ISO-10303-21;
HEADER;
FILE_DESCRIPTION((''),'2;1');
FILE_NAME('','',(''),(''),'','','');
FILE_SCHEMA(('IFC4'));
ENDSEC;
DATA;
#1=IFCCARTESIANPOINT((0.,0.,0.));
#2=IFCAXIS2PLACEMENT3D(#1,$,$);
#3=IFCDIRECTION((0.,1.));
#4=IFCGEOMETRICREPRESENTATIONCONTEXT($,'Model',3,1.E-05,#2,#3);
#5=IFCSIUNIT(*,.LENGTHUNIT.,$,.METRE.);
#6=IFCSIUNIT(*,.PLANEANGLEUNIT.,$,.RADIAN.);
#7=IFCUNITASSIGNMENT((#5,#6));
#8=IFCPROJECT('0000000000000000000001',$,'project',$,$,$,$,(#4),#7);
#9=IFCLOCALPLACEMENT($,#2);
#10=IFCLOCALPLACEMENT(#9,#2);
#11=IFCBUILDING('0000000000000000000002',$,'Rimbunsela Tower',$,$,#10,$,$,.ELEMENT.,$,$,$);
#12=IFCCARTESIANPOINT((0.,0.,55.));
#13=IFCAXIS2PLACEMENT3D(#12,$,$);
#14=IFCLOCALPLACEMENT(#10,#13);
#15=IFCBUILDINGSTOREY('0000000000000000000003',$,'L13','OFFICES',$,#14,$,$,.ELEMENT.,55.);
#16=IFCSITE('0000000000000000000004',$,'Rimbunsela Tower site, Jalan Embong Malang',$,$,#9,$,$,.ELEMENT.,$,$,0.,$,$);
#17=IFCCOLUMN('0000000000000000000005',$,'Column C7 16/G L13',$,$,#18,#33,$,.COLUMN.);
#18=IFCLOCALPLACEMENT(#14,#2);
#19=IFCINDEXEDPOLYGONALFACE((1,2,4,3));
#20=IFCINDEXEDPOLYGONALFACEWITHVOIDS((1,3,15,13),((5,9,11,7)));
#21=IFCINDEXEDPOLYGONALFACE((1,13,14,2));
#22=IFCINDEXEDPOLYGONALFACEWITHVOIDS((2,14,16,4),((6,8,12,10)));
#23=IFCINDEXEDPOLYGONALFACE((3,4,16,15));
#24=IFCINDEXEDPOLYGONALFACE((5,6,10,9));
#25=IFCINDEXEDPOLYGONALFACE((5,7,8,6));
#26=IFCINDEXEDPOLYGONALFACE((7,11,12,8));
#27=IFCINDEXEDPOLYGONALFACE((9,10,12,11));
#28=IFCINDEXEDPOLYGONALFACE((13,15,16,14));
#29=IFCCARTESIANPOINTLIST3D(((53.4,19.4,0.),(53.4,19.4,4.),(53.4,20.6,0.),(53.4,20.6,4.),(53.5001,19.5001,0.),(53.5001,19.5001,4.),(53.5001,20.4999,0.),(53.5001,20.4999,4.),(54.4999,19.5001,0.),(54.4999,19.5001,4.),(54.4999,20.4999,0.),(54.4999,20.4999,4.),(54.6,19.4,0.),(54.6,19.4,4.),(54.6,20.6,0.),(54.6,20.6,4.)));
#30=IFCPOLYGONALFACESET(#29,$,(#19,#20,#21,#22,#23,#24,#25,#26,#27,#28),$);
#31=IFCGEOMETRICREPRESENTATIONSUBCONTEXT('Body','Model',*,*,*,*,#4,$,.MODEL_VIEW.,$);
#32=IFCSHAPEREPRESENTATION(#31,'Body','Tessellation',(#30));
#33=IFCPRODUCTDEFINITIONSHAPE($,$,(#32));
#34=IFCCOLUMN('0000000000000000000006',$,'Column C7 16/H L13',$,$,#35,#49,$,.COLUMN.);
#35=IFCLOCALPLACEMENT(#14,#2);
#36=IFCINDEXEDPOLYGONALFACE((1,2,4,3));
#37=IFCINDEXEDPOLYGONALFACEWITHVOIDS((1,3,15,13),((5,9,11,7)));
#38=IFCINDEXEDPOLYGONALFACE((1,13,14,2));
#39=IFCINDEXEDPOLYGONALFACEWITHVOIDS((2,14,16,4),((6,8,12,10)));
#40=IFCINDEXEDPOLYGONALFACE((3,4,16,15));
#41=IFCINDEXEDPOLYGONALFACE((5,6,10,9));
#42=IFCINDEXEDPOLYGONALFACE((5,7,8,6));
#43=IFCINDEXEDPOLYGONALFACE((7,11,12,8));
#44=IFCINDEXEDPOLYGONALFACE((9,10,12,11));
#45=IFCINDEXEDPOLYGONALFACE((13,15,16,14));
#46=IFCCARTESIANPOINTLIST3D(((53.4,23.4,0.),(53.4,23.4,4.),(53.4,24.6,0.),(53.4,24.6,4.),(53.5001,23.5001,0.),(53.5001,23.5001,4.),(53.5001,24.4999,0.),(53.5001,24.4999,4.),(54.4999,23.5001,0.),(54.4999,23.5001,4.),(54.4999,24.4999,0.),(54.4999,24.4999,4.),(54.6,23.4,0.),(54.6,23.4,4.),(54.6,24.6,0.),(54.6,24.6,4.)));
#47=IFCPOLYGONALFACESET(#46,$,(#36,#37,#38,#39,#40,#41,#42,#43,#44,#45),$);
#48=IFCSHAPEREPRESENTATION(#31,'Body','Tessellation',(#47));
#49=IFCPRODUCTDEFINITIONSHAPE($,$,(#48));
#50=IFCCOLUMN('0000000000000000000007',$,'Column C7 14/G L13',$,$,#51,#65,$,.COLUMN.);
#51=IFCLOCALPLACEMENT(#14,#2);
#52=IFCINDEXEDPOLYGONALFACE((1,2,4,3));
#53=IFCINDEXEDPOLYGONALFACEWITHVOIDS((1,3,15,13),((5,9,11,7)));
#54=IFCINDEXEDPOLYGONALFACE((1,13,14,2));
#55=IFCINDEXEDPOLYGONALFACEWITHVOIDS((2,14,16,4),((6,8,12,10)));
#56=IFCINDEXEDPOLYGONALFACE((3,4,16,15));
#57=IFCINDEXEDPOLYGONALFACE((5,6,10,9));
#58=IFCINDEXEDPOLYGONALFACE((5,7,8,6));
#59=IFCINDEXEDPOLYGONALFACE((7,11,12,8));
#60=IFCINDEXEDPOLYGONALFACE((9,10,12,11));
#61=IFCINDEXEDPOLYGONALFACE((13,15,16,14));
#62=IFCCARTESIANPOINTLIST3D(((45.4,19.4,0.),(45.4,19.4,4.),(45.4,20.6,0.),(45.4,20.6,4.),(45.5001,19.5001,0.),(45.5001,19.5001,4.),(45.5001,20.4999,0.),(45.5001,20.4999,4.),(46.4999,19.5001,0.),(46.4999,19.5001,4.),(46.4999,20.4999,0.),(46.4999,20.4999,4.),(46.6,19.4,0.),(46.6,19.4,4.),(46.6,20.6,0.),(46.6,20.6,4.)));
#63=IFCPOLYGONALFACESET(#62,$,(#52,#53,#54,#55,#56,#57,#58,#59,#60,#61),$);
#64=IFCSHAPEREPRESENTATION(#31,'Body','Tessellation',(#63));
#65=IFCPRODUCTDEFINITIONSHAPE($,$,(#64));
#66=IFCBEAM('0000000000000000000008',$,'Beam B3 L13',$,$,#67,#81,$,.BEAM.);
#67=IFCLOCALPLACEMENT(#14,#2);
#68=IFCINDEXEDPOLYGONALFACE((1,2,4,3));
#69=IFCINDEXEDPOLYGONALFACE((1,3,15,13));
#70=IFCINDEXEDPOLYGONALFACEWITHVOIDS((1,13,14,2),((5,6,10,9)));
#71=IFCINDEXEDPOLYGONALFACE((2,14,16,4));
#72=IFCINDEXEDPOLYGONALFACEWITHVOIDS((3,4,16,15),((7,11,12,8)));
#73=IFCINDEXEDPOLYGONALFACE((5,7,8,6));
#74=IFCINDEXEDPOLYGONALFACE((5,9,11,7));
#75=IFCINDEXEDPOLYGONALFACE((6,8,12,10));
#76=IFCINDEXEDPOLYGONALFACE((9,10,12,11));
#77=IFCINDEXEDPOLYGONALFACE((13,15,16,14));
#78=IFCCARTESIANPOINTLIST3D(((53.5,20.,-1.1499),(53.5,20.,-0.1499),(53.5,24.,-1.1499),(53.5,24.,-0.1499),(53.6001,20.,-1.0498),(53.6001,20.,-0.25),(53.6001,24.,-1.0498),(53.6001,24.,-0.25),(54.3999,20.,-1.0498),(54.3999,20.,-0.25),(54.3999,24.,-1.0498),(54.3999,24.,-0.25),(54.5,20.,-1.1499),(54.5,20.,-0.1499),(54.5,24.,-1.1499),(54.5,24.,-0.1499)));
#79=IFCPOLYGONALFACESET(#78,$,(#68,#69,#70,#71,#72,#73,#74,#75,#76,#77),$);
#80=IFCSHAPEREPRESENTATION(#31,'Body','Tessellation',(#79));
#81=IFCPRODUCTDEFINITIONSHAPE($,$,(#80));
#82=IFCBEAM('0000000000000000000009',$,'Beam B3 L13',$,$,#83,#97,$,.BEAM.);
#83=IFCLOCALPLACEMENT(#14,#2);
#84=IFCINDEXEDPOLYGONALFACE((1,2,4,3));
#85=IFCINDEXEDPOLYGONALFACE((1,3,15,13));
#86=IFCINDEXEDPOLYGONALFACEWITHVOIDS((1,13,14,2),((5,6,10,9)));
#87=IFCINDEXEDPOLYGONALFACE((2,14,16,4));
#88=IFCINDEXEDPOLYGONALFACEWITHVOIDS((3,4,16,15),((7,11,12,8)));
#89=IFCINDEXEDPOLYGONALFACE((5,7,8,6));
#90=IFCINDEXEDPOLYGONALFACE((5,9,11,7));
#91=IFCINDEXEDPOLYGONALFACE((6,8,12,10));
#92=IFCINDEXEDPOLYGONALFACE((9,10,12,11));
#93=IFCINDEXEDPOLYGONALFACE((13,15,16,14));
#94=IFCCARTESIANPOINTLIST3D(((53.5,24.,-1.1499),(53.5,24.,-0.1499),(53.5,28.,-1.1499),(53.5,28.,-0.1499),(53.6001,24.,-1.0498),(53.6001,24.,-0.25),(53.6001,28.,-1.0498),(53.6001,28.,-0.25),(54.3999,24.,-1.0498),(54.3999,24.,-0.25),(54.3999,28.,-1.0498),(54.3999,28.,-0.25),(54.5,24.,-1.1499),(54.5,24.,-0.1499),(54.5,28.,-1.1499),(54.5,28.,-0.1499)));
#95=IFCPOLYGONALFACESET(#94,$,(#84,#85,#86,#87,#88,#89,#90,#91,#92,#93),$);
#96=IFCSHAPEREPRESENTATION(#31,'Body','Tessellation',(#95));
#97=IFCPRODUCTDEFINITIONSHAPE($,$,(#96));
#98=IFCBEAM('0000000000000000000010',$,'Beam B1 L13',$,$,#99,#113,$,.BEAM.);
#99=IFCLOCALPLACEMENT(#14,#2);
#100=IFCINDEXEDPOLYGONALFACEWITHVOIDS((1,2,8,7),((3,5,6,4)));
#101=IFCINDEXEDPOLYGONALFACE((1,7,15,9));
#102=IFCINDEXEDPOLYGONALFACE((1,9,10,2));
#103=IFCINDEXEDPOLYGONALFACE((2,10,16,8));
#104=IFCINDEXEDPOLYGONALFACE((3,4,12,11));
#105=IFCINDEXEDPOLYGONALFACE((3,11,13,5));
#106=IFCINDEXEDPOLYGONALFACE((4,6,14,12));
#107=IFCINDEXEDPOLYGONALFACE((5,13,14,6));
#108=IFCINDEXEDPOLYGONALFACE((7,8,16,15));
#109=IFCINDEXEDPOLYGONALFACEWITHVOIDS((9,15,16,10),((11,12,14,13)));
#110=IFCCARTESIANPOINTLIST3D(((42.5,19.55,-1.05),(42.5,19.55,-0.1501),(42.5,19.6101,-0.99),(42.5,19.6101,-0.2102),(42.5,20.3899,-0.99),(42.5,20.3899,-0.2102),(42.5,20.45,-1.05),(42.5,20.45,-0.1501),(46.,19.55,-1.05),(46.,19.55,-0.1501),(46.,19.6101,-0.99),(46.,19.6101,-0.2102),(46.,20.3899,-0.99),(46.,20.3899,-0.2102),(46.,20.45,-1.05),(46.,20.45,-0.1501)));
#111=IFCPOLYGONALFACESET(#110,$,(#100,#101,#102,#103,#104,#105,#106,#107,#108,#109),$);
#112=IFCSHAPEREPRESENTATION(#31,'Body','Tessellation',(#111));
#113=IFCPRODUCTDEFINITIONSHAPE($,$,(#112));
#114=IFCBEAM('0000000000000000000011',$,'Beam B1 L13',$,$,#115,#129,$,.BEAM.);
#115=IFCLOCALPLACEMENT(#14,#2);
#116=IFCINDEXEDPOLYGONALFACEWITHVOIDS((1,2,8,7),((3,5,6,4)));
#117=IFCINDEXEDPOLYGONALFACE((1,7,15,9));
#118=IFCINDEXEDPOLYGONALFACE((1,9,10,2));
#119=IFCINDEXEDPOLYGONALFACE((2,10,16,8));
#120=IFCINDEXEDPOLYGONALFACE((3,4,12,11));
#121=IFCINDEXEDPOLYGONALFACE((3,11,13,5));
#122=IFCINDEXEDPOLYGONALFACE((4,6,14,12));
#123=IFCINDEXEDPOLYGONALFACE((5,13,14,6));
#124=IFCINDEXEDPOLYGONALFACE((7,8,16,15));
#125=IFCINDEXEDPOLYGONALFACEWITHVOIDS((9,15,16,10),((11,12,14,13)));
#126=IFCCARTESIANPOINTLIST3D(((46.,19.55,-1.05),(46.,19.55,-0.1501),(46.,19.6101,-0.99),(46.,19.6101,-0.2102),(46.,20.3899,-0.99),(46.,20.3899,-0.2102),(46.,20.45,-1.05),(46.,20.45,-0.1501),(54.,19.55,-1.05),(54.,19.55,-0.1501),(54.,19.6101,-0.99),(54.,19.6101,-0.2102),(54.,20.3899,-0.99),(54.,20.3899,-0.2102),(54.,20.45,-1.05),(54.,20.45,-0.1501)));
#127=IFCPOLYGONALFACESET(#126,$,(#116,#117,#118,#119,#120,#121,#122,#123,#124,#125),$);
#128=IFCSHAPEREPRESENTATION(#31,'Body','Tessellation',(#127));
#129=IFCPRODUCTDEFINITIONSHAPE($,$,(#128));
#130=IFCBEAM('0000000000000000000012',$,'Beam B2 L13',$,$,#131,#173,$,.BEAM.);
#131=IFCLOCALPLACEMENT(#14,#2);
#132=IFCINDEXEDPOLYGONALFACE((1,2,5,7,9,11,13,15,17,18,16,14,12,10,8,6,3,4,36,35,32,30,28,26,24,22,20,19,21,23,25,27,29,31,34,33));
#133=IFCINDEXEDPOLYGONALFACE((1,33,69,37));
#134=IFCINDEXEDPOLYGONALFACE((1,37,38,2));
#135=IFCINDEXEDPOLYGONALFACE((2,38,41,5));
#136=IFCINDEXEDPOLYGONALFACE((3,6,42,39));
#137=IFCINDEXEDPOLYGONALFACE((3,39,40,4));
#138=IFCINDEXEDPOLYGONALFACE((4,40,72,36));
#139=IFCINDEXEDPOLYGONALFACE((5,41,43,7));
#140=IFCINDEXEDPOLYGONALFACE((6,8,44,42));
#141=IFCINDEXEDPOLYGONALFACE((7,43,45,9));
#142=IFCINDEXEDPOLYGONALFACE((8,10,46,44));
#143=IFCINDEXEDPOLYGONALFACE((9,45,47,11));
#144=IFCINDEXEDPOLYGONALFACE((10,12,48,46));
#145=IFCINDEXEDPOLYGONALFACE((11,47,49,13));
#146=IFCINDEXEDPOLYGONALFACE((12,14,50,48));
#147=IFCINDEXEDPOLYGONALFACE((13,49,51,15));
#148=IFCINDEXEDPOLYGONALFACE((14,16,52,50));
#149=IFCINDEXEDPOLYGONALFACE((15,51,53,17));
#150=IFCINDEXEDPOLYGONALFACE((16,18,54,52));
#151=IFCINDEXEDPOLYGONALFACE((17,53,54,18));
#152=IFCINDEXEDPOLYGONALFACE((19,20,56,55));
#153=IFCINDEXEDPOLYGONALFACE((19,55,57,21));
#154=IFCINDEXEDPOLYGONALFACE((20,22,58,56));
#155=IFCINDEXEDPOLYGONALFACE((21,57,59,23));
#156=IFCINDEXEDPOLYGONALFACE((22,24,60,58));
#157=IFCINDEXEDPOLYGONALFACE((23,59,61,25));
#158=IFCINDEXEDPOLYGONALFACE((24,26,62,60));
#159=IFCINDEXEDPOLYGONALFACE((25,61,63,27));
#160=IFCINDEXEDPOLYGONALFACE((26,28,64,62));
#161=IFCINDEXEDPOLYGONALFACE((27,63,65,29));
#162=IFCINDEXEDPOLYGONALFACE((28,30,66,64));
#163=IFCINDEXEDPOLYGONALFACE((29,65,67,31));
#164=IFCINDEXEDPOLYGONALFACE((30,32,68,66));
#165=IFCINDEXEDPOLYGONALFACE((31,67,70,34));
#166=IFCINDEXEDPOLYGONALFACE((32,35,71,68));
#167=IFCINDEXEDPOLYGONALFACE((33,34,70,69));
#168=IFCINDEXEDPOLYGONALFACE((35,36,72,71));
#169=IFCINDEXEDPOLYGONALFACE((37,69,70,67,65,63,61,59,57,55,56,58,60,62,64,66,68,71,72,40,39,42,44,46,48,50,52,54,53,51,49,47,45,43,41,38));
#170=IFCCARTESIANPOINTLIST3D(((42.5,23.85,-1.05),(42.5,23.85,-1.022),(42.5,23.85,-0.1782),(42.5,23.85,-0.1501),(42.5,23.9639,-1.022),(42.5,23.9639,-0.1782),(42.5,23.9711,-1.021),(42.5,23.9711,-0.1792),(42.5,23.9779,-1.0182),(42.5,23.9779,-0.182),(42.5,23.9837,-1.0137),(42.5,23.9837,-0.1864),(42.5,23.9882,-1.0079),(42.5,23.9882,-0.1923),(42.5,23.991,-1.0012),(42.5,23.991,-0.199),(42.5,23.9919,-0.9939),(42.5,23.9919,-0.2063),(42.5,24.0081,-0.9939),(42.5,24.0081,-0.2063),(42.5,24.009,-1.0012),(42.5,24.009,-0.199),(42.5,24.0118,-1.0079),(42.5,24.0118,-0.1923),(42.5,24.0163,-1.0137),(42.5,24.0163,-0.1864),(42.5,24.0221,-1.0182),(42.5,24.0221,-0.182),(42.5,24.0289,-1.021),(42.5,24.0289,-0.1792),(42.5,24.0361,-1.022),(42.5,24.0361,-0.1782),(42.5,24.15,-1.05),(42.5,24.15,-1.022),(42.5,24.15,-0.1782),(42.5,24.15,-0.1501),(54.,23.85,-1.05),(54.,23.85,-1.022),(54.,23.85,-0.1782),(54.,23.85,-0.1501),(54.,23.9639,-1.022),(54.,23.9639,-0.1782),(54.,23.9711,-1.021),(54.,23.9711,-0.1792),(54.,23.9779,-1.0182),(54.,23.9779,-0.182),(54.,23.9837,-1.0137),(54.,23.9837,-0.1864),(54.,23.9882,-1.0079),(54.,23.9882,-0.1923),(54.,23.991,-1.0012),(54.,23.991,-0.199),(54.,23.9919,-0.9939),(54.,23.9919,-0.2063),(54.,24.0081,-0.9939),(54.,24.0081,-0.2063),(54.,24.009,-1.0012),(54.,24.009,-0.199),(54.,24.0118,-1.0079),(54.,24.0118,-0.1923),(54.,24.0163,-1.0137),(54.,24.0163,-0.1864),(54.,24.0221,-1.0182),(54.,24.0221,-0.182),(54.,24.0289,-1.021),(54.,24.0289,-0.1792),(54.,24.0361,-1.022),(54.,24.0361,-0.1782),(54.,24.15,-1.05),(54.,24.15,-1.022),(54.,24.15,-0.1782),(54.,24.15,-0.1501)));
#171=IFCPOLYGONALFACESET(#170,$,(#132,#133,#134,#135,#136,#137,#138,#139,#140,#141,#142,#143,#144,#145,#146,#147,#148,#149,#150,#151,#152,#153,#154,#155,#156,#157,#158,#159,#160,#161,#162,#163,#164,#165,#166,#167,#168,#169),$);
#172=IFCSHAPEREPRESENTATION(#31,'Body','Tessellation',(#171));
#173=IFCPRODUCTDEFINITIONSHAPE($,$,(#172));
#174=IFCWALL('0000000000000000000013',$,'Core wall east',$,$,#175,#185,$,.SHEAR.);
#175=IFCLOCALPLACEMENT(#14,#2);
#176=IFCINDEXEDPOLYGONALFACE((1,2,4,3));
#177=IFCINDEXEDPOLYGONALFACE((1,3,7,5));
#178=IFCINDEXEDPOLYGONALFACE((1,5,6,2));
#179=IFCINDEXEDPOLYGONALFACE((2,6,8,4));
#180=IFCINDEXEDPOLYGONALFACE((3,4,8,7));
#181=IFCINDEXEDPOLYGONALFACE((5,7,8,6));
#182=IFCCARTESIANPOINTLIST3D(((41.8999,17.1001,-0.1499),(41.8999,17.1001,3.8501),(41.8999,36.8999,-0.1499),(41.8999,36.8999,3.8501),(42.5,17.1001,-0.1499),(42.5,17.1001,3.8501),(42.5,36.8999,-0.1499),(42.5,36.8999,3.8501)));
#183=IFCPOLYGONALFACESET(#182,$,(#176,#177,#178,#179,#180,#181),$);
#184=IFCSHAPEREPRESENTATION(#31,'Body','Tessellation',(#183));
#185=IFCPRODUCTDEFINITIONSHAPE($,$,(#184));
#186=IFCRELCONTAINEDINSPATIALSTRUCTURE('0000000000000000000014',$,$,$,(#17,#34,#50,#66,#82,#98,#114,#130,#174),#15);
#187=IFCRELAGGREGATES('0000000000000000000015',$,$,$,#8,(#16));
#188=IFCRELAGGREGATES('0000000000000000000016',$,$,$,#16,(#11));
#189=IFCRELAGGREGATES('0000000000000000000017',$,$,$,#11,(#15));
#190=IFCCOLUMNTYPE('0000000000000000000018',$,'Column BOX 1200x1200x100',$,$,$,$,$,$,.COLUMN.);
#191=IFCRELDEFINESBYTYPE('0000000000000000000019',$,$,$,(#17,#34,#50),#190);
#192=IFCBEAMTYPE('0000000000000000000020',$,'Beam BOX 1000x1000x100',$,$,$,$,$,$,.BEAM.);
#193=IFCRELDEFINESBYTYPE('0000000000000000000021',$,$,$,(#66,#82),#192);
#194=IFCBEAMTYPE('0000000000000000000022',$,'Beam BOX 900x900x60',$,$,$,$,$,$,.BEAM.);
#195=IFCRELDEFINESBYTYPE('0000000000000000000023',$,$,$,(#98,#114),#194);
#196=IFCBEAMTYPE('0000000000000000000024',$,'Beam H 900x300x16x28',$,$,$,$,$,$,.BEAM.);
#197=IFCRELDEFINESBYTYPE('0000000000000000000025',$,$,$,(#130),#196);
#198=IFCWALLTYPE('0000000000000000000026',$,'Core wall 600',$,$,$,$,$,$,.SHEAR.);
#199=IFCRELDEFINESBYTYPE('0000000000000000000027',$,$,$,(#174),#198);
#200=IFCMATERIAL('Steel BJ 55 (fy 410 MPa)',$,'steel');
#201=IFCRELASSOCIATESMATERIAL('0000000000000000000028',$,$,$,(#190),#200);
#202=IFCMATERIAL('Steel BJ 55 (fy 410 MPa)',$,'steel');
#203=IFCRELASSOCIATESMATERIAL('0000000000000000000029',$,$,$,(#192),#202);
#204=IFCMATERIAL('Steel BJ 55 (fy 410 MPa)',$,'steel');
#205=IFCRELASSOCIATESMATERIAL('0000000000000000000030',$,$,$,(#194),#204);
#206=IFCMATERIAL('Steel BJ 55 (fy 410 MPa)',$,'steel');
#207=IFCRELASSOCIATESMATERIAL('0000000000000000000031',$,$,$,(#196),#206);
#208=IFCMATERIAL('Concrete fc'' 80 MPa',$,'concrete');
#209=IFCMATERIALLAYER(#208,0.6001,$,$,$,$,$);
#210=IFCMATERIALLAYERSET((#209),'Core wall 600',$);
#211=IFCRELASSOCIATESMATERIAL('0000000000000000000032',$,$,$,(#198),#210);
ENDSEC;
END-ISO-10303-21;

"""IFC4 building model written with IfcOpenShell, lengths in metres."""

from ifc_helpers import new_model, si_unit, direction, frame, frame_2d, origin, origin_2d, place, context, subcontext, project, spatial, rectangle, hollow_rectangle, i_section, extrude, material, layer, layer_set, material_profile, profile_set, type_object, element, save


model = new_model("IFC4")

# Units and contexts
model_context = context("Model", 3, precision=1e-05, world=origin(), true_north=direction((0.0, 1.0)))
body_context = subcontext(model_context, "Body", "Model", "MODEL_VIEW")
ifc_project = project(units=[si_unit("LENGTHUNIT", "METRE"), si_unit("PLANEANGLEUNIT", "RADIAN")], contexts=[model_context])

# Site, building, storey
site_placement = place(None, origin())
site = spatial("IfcSite", under=ifc_project, at=site_placement, Name="Rimbunsela Tower site, Jalan Embong Malang", CompositionType="ELEMENT", RefElevation=0.0)
building_placement = place(site_placement, origin())
building = spatial("IfcBuilding", under=site, at=building_placement, Name="Rimbunsela Tower", CompositionType="ELEMENT")
storey_placement = place(building_placement, frame((0.0, 0.0, 55.0)))
storey = spatial("IfcBuildingStorey", under=building, at=storey_placement, Name="L13", Description="OFFICES", CompositionType="ELEMENT", Elevation=55.0)

# Columns
ifc_material_1 = material(Name="Steel BJ 55 (fy 410 MPa)", Category="steel")
ifc_material_profile_1 = material_profile(ifc_material_1, hollow_rectangle(XDim=1.2, YDim=1.2, WallThickness=0.1001, at=origin_2d()), Name="BOX 1200x1200x100")
ifc_profile_set_1 = profile_set([ifc_material_profile_1], Name="Steel BJ 55 (fy 410 MPa)")
column_type = type_object("IfcColumnType", Name="Column BOX 1200x1200x100", PredefinedType="COLUMN", material=ifc_profile_set_1)
for number, where, z_axis, x_axis, name in (
    (1, (54.0, 20.0, 0.0), (0.0, 0.0, 1.0), (1.0, 0.0, 0.0), "Column C7 16/G L13"),
    (2, (54.0, 24.0, 0.0), (0.0, 0.0, 1.0), (1.0, 0.0, 0.0), "Column C7 16/H L13"),
    (3, (46.0, 20.0, 0.0), (0.0, 0.0, 1.0), (1.0, 0.0, 0.0), "Column C7 14/G L13"),
):
    element("IfcColumn", number, at=place(storey_placement, frame(where, z_axis=z_axis, x_axis=x_axis)), inside=storey, type_object=column_type, Name=name, PredefinedType="COLUMN", context=body_context, shape_type="SweptSolid", body=[
        extrude(hollow_rectangle(XDim=1.2, YDim=1.2, WallThickness=0.1001, at=origin_2d()), origin(), (0.0, 0.0, 1.0), 4.0),
    ])

# Beams
ifc_material_2 = material(Name="Steel BJ 55 (fy 410 MPa)", Category="steel")
ifc_material_profile_2 = material_profile(ifc_material_2, hollow_rectangle(XDim=1.0, YDim=1.0, WallThickness=0.1001, at=origin_2d()), Name="BOX 1000x1000x100")
ifc_profile_set_2 = profile_set([ifc_material_profile_2], Name="Steel BJ 55 (fy 410 MPa)")
beam_type_1 = type_object("IfcBeamType", Name="Beam BOX 1000x1000x100", PredefinedType="BEAM", material=ifc_profile_set_2)
for number, where, z_axis, x_axis, name in (
    (4, (54.0, 20.0, -0.6499), (0.0, 1.0, 0.0), (-1.0, 0.0, 0.0), "Beam B3 L13"),
    (5, (54.0, 24.0, -0.6499), (0.0, 1.0, 0.0), (-1.0, 0.0, 0.0), "Beam B3 L13"),
):
    element("IfcBeam", number, at=place(storey_placement, frame(where, z_axis=z_axis, x_axis=x_axis)), inside=storey, type_object=beam_type_1, Name=name, PredefinedType="BEAM", context=body_context, shape_type="SweptSolid", body=[
        extrude(hollow_rectangle(XDim=1.0, YDim=1.0, WallThickness=0.1001, at=origin_2d()), origin(), (0.0, 0.0, 1.0), 4.0),
    ])
ifc_material_3 = material(Name="Steel BJ 55 (fy 410 MPa)", Category="steel")
ifc_material_profile_3 = material_profile(ifc_material_3, hollow_rectangle(XDim=0.8999, YDim=0.8999, WallThickness=0.0601, at=origin_2d()), Name="BOX 900x900x60")
ifc_profile_set_3 = profile_set([ifc_material_profile_3], Name="Steel BJ 55 (fy 410 MPa)")
beam_type_2 = type_object("IfcBeamType", Name="Beam BOX 900x900x60", PredefinedType="BEAM", material=ifc_profile_set_3)
beam_1_placement = place(storey_placement, frame((42.5, 20.0, -0.6001), z_axis=(1.0, 0.0, 0.0), x_axis=(0.0, 1.0, 0.0)))
element("IfcBeam", 6, at=beam_1_placement, inside=storey, type_object=beam_type_2, Name="Beam B1 L13", PredefinedType="BEAM", context=body_context, shape_type="SweptSolid", body=[
    extrude(hollow_rectangle(XDim=0.8999, YDim=0.8999, WallThickness=0.0601, at=origin_2d()), origin(), (0.0, 0.0, 1.0), 3.5),
])
beam_2_placement = place(storey_placement, frame((46.0, 20.0, -0.6001), z_axis=(1.0, 0.0, 0.0), x_axis=(0.0, 1.0, 0.0)))
element("IfcBeam", 7, at=beam_2_placement, inside=storey, type_object=beam_type_2, Name="Beam B1 L13", PredefinedType="BEAM", context=body_context, shape_type="SweptSolid", body=[
    extrude(hollow_rectangle(XDim=0.8999, YDim=0.8999, WallThickness=0.0601, at=origin_2d()), origin(), (0.0, 0.0, 1.0), 8.0),
])
ifc_material_4 = material(Name="Steel BJ 55 (fy 410 MPa)", Category="steel")
ifc_material_profile_4 = material_profile(ifc_material_4, i_section(OverallWidth=0.3, OverallDepth=0.8999, WebThickness=0.0161, FlangeThickness=0.0281, FilletRadius=0.0281, at=origin_2d()), Name="H 900x300x16x28")
ifc_profile_set_4 = profile_set([ifc_material_profile_4], Name="Steel BJ 55 (fy 410 MPa)")
beam_type_3 = type_object("IfcBeamType", Name="Beam H 900x300x16x28", PredefinedType="BEAM", material=ifc_profile_set_4)
beam_3_placement = place(storey_placement, frame((42.5, 24.0, -0.6001), z_axis=(1.0, 0.0, 0.0), x_axis=(0.0, 1.0, 0.0)))
element("IfcBeam", 8, at=beam_3_placement, inside=storey, type_object=beam_type_3, Name="Beam B2 L13", PredefinedType="BEAM", context=body_context, shape_type="SweptSolid", body=[
    extrude(i_section(OverallWidth=0.3, OverallDepth=0.8999, WebThickness=0.0161, FlangeThickness=0.0281, FilletRadius=0.0281, at=origin_2d()), origin(), (0.0, 0.0, 1.0), 11.5),
])

# Wall
ifc_material_5 = material(Name="Concrete fc' 80 MPa", Category="concrete")
ifc_layer_1 = layer(ifc_material_5, 0.6001)
ifc_layer_set_1 = layer_set([ifc_layer_1], Name="Core wall 600")
wall_type_1 = type_object("IfcWallType", Name="Core wall 600", PredefinedType="SHEAR", material=ifc_layer_set_1)
wall_1_placement = place(storey_placement, frame((42.2, 17.1001, -0.1499), z_axis=(0.0, 0.0, 1.0), x_axis=(0.0, 1.0, 0.0)))
element("IfcWall", 9, at=wall_1_placement, inside=storey, type_object=wall_type_1, Name="Core wall east", PredefinedType="SHEAR", context=body_context, shape_type="SweptSolid", body=[
    extrude(rectangle(XDim=19.7998, YDim=0.6001, at=frame_2d((9.8999, 0.0))), origin(), (0.0, 0.0, 1.0), 4.0),
])

save(model, "model.ifc")
